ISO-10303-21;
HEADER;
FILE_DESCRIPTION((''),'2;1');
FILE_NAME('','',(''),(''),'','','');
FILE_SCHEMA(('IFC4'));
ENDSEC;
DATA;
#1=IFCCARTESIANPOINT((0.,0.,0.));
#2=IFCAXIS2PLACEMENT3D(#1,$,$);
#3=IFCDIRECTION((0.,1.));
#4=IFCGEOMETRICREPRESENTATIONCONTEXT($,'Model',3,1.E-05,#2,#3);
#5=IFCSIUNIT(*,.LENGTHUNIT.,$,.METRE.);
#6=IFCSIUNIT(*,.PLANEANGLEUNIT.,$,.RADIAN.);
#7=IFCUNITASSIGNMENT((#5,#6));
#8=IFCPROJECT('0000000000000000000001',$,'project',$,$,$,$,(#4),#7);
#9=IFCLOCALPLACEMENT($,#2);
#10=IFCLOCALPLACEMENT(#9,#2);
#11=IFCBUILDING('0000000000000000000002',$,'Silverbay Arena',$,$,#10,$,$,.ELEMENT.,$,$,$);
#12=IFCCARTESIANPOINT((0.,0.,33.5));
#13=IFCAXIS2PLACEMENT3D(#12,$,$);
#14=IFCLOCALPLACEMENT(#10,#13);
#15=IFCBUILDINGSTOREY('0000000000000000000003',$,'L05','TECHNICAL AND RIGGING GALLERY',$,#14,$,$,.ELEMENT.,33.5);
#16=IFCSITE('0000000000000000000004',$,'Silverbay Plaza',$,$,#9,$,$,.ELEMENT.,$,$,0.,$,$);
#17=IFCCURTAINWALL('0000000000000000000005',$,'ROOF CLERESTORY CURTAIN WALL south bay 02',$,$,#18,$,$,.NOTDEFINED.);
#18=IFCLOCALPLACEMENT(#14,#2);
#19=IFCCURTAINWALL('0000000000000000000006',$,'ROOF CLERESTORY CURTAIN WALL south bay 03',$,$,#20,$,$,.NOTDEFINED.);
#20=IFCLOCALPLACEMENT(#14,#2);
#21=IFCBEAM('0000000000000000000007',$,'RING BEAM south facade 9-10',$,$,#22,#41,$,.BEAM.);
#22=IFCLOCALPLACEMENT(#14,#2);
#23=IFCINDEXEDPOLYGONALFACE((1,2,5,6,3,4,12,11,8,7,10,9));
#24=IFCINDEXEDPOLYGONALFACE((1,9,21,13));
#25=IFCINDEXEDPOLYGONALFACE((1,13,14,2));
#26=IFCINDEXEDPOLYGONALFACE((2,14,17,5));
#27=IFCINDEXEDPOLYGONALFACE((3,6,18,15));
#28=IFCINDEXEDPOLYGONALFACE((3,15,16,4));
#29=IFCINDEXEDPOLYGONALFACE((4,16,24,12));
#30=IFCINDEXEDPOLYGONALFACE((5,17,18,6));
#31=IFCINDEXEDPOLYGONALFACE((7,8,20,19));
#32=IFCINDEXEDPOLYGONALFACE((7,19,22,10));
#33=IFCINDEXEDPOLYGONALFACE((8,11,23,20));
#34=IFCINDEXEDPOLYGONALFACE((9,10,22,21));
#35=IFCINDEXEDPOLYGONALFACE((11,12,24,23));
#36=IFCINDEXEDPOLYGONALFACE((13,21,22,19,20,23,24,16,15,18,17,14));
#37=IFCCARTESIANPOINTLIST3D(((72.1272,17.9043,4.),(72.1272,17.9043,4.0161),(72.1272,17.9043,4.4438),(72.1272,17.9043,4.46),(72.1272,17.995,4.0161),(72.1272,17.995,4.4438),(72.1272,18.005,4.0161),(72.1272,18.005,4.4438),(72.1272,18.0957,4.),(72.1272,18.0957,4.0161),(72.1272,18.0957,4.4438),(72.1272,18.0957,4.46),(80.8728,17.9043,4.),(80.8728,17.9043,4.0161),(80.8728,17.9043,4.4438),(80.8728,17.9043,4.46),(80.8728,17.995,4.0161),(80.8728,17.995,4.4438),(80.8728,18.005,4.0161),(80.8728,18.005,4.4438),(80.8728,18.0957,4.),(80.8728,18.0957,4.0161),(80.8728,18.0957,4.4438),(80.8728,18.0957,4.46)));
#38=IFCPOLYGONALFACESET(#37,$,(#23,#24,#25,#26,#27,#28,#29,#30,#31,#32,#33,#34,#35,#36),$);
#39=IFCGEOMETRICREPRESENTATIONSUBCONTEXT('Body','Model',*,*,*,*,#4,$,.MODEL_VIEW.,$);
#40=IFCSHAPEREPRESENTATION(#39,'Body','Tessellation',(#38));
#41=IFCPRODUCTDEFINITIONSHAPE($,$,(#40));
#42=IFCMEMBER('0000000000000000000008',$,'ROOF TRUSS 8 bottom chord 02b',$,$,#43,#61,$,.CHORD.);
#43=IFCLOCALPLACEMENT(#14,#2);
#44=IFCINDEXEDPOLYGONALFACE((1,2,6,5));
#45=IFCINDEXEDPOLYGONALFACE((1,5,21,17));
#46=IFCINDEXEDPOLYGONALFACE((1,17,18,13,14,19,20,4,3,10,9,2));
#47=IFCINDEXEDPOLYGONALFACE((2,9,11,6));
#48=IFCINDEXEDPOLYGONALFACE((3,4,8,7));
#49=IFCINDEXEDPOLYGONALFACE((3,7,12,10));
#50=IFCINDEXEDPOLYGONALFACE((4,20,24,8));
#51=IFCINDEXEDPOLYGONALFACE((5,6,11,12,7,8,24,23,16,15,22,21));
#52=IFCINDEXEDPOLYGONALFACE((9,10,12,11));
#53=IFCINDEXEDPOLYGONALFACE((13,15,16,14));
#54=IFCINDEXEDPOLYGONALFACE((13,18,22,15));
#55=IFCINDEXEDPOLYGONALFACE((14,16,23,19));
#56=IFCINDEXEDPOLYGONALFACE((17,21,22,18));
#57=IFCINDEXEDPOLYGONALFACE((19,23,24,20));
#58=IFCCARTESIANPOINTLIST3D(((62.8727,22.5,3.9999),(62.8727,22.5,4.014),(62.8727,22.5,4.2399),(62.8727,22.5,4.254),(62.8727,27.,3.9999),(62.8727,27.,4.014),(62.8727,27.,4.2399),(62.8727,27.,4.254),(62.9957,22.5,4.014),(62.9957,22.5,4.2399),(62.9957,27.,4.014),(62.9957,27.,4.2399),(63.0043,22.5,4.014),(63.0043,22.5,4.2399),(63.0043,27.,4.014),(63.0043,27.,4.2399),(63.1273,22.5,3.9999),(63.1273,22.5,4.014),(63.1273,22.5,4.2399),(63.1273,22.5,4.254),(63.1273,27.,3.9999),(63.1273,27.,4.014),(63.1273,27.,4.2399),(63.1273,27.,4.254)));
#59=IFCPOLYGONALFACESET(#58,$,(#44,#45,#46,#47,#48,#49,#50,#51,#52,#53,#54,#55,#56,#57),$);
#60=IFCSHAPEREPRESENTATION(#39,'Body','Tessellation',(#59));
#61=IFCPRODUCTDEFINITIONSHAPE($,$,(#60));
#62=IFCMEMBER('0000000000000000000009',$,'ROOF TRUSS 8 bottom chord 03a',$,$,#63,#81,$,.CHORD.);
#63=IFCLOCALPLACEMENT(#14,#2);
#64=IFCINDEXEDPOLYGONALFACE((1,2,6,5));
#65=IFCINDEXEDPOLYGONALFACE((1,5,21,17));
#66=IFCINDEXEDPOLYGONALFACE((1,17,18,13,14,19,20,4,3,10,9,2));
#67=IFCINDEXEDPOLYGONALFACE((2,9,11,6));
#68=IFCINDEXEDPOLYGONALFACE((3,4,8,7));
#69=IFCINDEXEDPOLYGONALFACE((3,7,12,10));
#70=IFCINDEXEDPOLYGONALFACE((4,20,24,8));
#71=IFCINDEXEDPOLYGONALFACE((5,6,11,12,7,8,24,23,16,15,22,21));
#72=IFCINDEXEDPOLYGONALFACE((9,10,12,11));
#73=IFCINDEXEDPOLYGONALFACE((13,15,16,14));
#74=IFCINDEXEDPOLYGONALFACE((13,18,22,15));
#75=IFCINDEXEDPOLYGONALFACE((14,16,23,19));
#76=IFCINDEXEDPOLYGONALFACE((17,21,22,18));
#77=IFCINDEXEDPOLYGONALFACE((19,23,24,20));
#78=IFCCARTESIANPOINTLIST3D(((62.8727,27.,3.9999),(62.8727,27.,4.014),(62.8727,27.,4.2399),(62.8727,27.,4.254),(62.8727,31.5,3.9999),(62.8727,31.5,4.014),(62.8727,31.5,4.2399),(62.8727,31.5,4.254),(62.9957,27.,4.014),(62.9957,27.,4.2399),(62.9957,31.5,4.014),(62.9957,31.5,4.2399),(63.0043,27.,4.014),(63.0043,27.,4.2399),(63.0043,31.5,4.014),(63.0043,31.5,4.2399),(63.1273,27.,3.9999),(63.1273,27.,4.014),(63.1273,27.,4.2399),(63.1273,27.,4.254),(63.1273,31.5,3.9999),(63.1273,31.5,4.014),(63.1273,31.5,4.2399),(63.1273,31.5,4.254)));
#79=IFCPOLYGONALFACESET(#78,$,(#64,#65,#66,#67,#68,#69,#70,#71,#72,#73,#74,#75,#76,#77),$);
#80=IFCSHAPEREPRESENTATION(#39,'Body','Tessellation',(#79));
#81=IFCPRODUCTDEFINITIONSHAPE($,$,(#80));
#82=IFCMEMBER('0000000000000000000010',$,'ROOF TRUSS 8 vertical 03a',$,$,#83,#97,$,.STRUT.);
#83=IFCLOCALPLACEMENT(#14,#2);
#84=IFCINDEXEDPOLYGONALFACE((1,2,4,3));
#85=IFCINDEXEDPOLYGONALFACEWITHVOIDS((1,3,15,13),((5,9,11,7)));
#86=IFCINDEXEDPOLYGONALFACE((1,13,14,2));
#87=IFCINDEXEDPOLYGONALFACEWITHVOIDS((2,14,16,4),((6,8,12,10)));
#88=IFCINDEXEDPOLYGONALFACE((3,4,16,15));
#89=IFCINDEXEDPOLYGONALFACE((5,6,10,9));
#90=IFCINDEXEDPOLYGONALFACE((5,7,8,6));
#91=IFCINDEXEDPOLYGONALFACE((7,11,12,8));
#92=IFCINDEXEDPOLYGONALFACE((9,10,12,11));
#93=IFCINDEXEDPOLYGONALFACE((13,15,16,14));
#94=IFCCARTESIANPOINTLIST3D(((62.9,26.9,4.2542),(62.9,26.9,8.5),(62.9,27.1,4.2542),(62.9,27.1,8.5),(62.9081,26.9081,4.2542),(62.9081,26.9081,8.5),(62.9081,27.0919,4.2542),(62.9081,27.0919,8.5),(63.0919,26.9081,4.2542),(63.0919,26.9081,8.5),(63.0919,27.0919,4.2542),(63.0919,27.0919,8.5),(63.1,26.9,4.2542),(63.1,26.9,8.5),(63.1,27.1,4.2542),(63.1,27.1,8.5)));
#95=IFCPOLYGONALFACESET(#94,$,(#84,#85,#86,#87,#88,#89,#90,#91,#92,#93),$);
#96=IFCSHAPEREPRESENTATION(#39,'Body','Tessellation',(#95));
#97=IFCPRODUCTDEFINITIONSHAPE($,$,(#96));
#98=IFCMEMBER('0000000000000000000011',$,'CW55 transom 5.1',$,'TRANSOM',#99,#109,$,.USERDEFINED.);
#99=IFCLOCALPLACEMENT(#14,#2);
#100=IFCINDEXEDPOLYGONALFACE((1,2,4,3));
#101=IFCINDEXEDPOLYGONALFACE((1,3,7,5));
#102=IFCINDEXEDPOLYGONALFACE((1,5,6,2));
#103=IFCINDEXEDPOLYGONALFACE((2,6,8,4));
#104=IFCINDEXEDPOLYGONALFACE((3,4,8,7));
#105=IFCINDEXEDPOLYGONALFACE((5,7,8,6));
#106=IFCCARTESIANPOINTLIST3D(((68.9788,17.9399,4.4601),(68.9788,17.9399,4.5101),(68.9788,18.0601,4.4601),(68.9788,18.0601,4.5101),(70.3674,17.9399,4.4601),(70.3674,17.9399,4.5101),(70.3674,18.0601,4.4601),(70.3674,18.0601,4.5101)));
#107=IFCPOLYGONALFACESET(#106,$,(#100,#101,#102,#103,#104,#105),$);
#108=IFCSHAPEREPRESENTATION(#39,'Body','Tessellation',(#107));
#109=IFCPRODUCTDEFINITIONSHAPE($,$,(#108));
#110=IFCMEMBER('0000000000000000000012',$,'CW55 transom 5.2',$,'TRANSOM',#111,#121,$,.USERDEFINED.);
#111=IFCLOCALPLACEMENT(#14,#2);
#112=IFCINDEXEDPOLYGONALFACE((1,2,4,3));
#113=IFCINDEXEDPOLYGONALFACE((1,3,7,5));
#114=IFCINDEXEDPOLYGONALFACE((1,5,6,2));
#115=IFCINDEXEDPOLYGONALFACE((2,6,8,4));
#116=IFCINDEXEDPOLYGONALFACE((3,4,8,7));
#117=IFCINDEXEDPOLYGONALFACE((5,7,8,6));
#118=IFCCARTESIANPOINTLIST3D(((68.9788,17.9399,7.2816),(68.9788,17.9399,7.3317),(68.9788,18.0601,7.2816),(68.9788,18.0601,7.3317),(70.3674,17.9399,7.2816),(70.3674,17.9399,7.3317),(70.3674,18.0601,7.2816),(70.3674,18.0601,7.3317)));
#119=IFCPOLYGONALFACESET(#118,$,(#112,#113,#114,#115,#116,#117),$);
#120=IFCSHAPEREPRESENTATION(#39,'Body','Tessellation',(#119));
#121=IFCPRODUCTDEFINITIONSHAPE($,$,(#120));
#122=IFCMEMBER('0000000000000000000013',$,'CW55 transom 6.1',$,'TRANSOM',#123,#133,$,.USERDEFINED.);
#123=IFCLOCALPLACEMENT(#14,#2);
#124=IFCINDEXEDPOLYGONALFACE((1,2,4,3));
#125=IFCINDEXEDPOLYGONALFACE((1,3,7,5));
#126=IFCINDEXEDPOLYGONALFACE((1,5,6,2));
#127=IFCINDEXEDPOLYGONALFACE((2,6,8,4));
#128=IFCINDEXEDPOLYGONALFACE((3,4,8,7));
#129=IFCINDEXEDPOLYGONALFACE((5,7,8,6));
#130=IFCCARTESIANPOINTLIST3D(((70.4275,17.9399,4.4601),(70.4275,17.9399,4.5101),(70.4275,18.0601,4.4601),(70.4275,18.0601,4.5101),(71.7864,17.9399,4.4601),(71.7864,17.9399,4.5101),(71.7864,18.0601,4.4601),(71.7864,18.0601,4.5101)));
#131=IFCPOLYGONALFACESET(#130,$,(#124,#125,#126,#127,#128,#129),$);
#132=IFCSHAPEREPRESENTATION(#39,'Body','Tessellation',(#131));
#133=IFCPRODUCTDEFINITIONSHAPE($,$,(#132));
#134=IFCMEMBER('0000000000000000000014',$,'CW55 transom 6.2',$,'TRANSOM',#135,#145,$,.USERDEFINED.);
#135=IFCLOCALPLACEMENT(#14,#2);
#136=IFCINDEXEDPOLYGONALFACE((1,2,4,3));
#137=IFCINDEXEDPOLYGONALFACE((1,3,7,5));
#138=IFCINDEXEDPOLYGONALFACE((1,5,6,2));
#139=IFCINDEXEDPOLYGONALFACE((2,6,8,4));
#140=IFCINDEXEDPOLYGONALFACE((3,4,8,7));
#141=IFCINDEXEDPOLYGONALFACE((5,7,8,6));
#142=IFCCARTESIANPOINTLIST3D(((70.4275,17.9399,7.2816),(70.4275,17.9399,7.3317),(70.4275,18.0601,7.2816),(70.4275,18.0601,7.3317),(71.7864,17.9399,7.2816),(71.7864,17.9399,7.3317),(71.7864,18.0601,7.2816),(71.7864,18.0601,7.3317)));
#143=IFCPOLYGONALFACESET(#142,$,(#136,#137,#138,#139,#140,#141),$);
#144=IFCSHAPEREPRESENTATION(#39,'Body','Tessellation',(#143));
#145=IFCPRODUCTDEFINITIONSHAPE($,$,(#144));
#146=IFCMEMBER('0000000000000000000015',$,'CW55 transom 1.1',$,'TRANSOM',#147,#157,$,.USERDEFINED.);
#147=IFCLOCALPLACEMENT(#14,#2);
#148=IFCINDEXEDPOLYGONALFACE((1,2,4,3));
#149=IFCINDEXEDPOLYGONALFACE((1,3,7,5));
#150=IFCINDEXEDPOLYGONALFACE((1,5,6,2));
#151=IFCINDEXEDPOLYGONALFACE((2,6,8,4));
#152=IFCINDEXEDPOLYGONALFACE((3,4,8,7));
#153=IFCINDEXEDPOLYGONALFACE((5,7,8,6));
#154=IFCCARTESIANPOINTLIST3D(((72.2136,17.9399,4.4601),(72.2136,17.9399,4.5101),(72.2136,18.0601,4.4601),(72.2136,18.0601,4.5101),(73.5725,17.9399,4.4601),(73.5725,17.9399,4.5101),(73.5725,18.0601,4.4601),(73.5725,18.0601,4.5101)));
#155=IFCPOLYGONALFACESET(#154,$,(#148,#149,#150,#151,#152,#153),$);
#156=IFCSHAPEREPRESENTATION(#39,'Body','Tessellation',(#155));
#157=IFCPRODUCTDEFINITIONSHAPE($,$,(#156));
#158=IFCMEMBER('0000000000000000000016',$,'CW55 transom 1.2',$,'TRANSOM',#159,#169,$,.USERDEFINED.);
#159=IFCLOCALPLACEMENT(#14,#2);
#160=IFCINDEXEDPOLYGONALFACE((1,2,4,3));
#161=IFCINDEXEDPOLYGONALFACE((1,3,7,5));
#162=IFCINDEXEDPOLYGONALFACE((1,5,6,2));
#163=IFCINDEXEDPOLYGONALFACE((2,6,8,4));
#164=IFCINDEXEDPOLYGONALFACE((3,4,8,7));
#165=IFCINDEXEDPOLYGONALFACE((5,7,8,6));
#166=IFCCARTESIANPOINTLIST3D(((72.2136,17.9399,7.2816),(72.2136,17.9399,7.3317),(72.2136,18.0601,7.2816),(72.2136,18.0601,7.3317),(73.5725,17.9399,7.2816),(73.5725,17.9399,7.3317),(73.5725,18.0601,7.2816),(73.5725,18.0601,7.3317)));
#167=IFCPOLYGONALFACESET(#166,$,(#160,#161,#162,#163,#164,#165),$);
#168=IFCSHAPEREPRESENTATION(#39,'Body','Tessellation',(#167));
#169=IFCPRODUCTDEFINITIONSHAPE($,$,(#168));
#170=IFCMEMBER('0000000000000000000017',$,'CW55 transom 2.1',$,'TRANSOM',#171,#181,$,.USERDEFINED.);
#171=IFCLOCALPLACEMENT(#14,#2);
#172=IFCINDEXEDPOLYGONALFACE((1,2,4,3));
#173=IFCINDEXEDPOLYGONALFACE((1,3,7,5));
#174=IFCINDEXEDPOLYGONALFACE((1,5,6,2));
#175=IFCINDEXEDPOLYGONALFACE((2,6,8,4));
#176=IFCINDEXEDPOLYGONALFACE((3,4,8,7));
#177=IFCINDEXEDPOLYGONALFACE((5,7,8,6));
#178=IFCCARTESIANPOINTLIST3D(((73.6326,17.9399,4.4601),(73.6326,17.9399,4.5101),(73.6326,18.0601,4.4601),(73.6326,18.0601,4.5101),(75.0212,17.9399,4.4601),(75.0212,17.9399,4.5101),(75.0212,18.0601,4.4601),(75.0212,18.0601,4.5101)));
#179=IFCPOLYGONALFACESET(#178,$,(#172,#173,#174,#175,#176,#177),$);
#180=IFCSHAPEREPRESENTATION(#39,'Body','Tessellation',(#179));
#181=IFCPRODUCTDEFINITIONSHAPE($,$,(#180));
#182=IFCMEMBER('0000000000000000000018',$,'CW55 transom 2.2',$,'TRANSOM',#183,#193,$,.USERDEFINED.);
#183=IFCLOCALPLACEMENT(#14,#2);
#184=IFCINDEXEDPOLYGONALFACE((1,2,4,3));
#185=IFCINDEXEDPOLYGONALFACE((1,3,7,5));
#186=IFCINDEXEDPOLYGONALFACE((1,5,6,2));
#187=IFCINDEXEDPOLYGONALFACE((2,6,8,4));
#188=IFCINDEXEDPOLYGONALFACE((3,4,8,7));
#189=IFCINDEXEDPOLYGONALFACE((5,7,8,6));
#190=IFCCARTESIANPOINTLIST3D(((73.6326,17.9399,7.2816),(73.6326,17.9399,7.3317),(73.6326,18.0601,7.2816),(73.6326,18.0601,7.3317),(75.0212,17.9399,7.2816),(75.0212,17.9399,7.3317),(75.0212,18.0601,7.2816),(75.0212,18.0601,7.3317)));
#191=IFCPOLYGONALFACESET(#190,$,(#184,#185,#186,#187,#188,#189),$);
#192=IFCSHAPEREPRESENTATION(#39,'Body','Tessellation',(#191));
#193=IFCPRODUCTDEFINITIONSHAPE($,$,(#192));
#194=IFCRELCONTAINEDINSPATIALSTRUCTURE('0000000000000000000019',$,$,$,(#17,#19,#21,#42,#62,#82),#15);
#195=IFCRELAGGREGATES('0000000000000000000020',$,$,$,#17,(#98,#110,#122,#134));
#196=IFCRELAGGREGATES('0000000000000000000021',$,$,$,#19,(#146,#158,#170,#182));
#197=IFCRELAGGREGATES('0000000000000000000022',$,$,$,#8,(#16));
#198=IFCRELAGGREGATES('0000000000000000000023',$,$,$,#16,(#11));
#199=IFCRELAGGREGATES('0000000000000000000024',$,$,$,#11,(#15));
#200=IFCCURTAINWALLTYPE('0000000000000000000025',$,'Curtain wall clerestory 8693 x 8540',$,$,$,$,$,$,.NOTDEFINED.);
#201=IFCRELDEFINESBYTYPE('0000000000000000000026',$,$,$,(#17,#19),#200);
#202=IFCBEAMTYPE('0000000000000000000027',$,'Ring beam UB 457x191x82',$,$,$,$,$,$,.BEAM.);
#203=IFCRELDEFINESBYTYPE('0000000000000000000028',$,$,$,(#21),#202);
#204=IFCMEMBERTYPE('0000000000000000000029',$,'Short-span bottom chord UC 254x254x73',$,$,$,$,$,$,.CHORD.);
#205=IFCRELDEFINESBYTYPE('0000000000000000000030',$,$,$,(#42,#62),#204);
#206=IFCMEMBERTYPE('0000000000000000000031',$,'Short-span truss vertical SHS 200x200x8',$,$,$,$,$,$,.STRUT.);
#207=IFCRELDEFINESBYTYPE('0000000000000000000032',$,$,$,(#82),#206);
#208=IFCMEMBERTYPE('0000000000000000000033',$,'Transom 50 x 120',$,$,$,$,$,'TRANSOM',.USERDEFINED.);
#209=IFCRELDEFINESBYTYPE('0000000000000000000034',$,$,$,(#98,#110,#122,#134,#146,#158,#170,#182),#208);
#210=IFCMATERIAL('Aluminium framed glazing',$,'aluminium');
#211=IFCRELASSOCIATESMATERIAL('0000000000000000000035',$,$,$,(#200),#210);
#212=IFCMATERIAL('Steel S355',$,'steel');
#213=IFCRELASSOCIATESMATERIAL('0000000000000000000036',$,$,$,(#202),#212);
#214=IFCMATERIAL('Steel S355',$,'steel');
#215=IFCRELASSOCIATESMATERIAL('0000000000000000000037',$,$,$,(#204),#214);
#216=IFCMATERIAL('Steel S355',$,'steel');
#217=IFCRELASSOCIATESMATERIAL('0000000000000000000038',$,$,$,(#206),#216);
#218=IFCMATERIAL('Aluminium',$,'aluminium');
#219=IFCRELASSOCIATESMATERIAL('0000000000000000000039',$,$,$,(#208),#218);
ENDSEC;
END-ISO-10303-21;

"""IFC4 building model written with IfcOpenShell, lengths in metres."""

from ifc_helpers import new_model, si_unit, direction, frame, origin, origin_2d, place, context, subcontext, project, spatial, rectangle, hollow_rectangle, i_section, extrude, material, material_profile, profile_set, type_object, element, aggregate, save


model = new_model("IFC4")

# Units and contexts
model_context = context("Model", 3, precision=1e-05, world=origin(), true_north=direction((0.0, 1.0)))
body_context = subcontext(model_context, "Body", "Model", "MODEL_VIEW")
ifc_project = project(units=[si_unit("LENGTHUNIT", "METRE"), si_unit("PLANEANGLEUNIT", "RADIAN")], contexts=[model_context])

# Site, building, storey
site_placement = place(None, origin())
site = spatial("IfcSite", under=ifc_project, at=site_placement, Name="Silverbay Plaza", CompositionType="ELEMENT", RefElevation=0.0)
building_placement = place(site_placement, origin())
building = spatial("IfcBuilding", under=site, at=building_placement, Name="Silverbay Arena", CompositionType="ELEMENT")
storey_placement = place(building_placement, frame((0.0, 0.0, 33.5)))
storey = spatial("IfcBuildingStorey", under=building, at=storey_placement, Name="L05", Description="TECHNICAL AND RIGGING GALLERY", CompositionType="ELEMENT", Elevation=33.5)

# Curtain walls
ifc_material_1 = material(Name="Aluminium framed glazing", Category="aluminium")
curtain_wall_type = type_object("IfcCurtainWallType", Name="Curtain wall clerestory 8693 x 8540", PredefinedType="NOTDEFINED", material=ifc_material_1)
curtain_wall_1_placement = place(storey_placement, origin())
curtain_wall_1 = element("IfcCurtainWall", 1, at=curtain_wall_1_placement, inside=storey, type_object=curtain_wall_type, Name="ROOF CLERESTORY CURTAIN WALL south bay 02", PredefinedType="NOTDEFINED")
curtain_wall_2_placement = place(storey_placement, origin())
curtain_wall_2 = element("IfcCurtainWall", 2, at=curtain_wall_2_placement, inside=storey, type_object=curtain_wall_type, Name="ROOF CLERESTORY CURTAIN WALL south bay 03", PredefinedType="NOTDEFINED")

# Beam
ifc_material_2 = material(Name="Steel S355", Category="steel")
ifc_material_profile_1 = material_profile(ifc_material_2, i_section(OverallWidth=0.1914, OverallDepth=0.46, WebThickness=0.01, FlangeThickness=0.0161, at=origin_2d()), Name="UB 457x191x82")
ifc_profile_set_1 = profile_set([ifc_material_profile_1], Name="Steel S355")
beam_type_1 = type_object("IfcBeamType", Name="Ring beam UB 457x191x82", PredefinedType="BEAM", material=ifc_profile_set_1)
beam_1_placement = place(storey_placement, frame((72.1272, 18.0, 4.23), z_axis=(1.0, 0.0, 0.0), x_axis=(0.0, 1.0, 0.0)))
element("IfcBeam", 3, at=beam_1_placement, inside=storey, type_object=beam_type_1, Name="RING BEAM south facade 9-10", PredefinedType="BEAM", context=body_context, shape_type="SweptSolid", body=[
    extrude(i_section(OverallWidth=0.1914, OverallDepth=0.46, WebThickness=0.01, FlangeThickness=0.0161, at=origin_2d()), origin(), (0.0, 0.0, 1.0), 8.7456),
])

# Members
ifc_material_3 = material(Name="Steel S355", Category="steel")
ifc_material_profile_2 = material_profile(ifc_material_3, i_section(OverallWidth=0.2546, OverallDepth=0.2542, WebThickness=0.0085, FlangeThickness=0.0142, at=origin_2d()), Name="UC 254x254x73")
ifc_profile_set_2 = profile_set([ifc_material_profile_2], Name="Steel S355")
member_type_1 = type_object("IfcMemberType", Name="Short-span bottom chord UC 254x254x73", PredefinedType="CHORD", material=ifc_profile_set_2)
for number, where, z_axis, x_axis, name in (
    (4, (63.0, 22.5, 4.127), (0.0, 1.0, 0.0), (-1.0, 0.0, 0.0), "ROOF TRUSS 8 bottom chord 02b"),
    (5, (63.0, 27.0, 4.127), (0.0, 1.0, 0.0), (-1.0, 0.0, 0.0), "ROOF TRUSS 8 bottom chord 03a"),
):
    element("IfcMember", number, at=place(storey_placement, frame(where, z_axis=z_axis, x_axis=x_axis)), inside=storey, type_object=member_type_1, Name=name, PredefinedType="CHORD", context=body_context, shape_type="SweptSolid", body=[
        extrude(i_section(OverallWidth=0.2546, OverallDepth=0.2542, WebThickness=0.0085, FlangeThickness=0.0142, at=origin_2d()), origin(), (0.0, 0.0, 1.0), 4.5),
    ])
ifc_material_4 = material(Name="Steel S355", Category="steel")
ifc_material_profile_3 = material_profile(ifc_material_4, hollow_rectangle(XDim=0.2, YDim=0.2, WallThickness=0.0081, at=origin_2d()), Name="SHS 200x200x8")
ifc_profile_set_3 = profile_set([ifc_material_profile_3], Name="Steel S355")
member_type_2 = type_object("IfcMemberType", Name="Short-span truss vertical SHS 200x200x8", PredefinedType="STRUT", material=ifc_profile_set_3)
member_1_placement = place(storey_placement, frame((63.0, 27.0, 4.2542), z_axis=(0.0, 0.0, 1.0), x_axis=(1.0, 0.0, 0.0)))
element("IfcMember", 6, at=member_1_placement, inside=storey, type_object=member_type_2, Name="ROOF TRUSS 8 vertical 03a", PredefinedType="STRUT", context=body_context, shape_type="SweptSolid", body=[
    extrude(hollow_rectangle(XDim=0.2, YDim=0.2, WallThickness=0.0081, at=origin_2d()), origin(), (0.0, 0.0, 1.0), 4.2458),
])

# Members
ifc_material_5 = material(Name="Aluminium", Category="aluminium")
ifc_material_profile_4 = material_profile(ifc_material_5, rectangle(XDim=0.1201, YDim=0.05, at=origin_2d()), Name="Transom 50 x 120")
ifc_profile_set_4 = profile_set([ifc_material_profile_4], Name="Aluminium")
member_type_3 = type_object("IfcMemberType", Name="Transom 50 x 120", ElementType="TRANSOM", PredefinedType="USERDEFINED", material=ifc_profile_set_4)
member_2_placement = place(storey_placement, frame((68.9788, 18.0, 4.4851), z_axis=(1.0, 0.0, 0.0), x_axis=(0.0, 1.0, 0.0)))
member_2 = element("IfcMember", 7, at=member_2_placement, type_object=member_type_3, Name="CW55 transom 5.1", ObjectType="TRANSOM", PredefinedType="USERDEFINED", context=body_context, shape_type="SweptSolid", body=[
    extrude(rectangle(XDim=0.1201, YDim=0.05, at=origin_2d()), origin(), (0.0, 0.0, 1.0), 1.3887),
])
member_3_placement = place(storey_placement, frame((68.9788, 18.0, 7.3066), z_axis=(1.0, 0.0, 0.0), x_axis=(0.0, 1.0, 0.0)))
member_3 = element("IfcMember", 8, at=member_3_placement, type_object=member_type_3, Name="CW55 transom 5.2", ObjectType="TRANSOM", PredefinedType="USERDEFINED", context=body_context, shape_type="SweptSolid", body=[
    extrude(rectangle(XDim=0.1201, YDim=0.05, at=origin_2d()), origin(), (0.0, 0.0, 1.0), 1.3887),
])
member_4_placement = place(storey_placement, frame((70.4275, 18.0, 4.4851), z_axis=(1.0, 0.0, 0.0), x_axis=(0.0, 1.0, 0.0)))
member_4 = element("IfcMember", 9, at=member_4_placement, type_object=member_type_3, Name="CW55 transom 6.1", ObjectType="TRANSOM", PredefinedType="USERDEFINED", context=body_context, shape_type="SweptSolid", body=[
    extrude(rectangle(XDim=0.1201, YDim=0.05, at=origin_2d()), origin(), (0.0, 0.0, 1.0), 1.3589),
])
member_5_placement = place(storey_placement, frame((70.4275, 18.0, 7.3066), z_axis=(1.0, 0.0, 0.0), x_axis=(0.0, 1.0, 0.0)))
member_5 = element("IfcMember", 10, at=member_5_placement, type_object=member_type_3, Name="CW55 transom 6.2", ObjectType="TRANSOM", PredefinedType="USERDEFINED", context=body_context, shape_type="SweptSolid", body=[
    extrude(rectangle(XDim=0.1201, YDim=0.05, at=origin_2d()), origin(), (0.0, 0.0, 1.0), 1.3589),
])
member_6_placement = place(storey_placement, frame((72.2136, 18.0, 4.4851), z_axis=(1.0, 0.0, 0.0), x_axis=(0.0, 1.0, 0.0)))
member_6 = element("IfcMember", 11, at=member_6_placement, type_object=member_type_3, Name="CW55 transom 1.1", ObjectType="TRANSOM", PredefinedType="USERDEFINED", context=body_context, shape_type="SweptSolid", body=[
    extrude(rectangle(XDim=0.1201, YDim=0.05, at=origin_2d()), origin(), (0.0, 0.0, 1.0), 1.3589),
])
member_7_placement = place(storey_placement, frame((72.2136, 18.0, 7.3066), z_axis=(1.0, 0.0, 0.0), x_axis=(0.0, 1.0, 0.0)))
member_7 = element("IfcMember", 12, at=member_7_placement, type_object=member_type_3, Name="CW55 transom 1.2", ObjectType="TRANSOM", PredefinedType="USERDEFINED", context=body_context, shape_type="SweptSolid", body=[
    extrude(rectangle(XDim=0.1201, YDim=0.05, at=origin_2d()), origin(), (0.0, 0.0, 1.0), 1.3589),
])
member_8_placement = place(storey_placement, frame((73.6326, 18.0, 4.4851), z_axis=(1.0, 0.0, 0.0), x_axis=(0.0, 1.0, 0.0)))
member_8 = element("IfcMember", 13, at=member_8_placement, type_object=member_type_3, Name="CW55 transom 2.1", ObjectType="TRANSOM", PredefinedType="USERDEFINED", context=body_context, shape_type="SweptSolid", body=[
    extrude(rectangle(XDim=0.1201, YDim=0.05, at=origin_2d()), origin(), (0.0, 0.0, 1.0), 1.3887),
])
member_9_placement = place(storey_placement, frame((73.6326, 18.0, 7.3066), z_axis=(1.0, 0.0, 0.0), x_axis=(0.0, 1.0, 0.0)))
member_9 = element("IfcMember", 14, at=member_9_placement, type_object=member_type_3, Name="CW55 transom 2.2", ObjectType="TRANSOM", PredefinedType="USERDEFINED", context=body_context, shape_type="SweptSolid", body=[
    extrude(rectangle(XDim=0.1201, YDim=0.05, at=origin_2d()), origin(), (0.0, 0.0, 1.0), 1.3887),
])

aggregate(curtain_wall_1, [member_2, member_3, member_4, member_5])
aggregate(curtain_wall_2, [member_6, member_7, member_8, member_9])

save(model, "model.ifc")
